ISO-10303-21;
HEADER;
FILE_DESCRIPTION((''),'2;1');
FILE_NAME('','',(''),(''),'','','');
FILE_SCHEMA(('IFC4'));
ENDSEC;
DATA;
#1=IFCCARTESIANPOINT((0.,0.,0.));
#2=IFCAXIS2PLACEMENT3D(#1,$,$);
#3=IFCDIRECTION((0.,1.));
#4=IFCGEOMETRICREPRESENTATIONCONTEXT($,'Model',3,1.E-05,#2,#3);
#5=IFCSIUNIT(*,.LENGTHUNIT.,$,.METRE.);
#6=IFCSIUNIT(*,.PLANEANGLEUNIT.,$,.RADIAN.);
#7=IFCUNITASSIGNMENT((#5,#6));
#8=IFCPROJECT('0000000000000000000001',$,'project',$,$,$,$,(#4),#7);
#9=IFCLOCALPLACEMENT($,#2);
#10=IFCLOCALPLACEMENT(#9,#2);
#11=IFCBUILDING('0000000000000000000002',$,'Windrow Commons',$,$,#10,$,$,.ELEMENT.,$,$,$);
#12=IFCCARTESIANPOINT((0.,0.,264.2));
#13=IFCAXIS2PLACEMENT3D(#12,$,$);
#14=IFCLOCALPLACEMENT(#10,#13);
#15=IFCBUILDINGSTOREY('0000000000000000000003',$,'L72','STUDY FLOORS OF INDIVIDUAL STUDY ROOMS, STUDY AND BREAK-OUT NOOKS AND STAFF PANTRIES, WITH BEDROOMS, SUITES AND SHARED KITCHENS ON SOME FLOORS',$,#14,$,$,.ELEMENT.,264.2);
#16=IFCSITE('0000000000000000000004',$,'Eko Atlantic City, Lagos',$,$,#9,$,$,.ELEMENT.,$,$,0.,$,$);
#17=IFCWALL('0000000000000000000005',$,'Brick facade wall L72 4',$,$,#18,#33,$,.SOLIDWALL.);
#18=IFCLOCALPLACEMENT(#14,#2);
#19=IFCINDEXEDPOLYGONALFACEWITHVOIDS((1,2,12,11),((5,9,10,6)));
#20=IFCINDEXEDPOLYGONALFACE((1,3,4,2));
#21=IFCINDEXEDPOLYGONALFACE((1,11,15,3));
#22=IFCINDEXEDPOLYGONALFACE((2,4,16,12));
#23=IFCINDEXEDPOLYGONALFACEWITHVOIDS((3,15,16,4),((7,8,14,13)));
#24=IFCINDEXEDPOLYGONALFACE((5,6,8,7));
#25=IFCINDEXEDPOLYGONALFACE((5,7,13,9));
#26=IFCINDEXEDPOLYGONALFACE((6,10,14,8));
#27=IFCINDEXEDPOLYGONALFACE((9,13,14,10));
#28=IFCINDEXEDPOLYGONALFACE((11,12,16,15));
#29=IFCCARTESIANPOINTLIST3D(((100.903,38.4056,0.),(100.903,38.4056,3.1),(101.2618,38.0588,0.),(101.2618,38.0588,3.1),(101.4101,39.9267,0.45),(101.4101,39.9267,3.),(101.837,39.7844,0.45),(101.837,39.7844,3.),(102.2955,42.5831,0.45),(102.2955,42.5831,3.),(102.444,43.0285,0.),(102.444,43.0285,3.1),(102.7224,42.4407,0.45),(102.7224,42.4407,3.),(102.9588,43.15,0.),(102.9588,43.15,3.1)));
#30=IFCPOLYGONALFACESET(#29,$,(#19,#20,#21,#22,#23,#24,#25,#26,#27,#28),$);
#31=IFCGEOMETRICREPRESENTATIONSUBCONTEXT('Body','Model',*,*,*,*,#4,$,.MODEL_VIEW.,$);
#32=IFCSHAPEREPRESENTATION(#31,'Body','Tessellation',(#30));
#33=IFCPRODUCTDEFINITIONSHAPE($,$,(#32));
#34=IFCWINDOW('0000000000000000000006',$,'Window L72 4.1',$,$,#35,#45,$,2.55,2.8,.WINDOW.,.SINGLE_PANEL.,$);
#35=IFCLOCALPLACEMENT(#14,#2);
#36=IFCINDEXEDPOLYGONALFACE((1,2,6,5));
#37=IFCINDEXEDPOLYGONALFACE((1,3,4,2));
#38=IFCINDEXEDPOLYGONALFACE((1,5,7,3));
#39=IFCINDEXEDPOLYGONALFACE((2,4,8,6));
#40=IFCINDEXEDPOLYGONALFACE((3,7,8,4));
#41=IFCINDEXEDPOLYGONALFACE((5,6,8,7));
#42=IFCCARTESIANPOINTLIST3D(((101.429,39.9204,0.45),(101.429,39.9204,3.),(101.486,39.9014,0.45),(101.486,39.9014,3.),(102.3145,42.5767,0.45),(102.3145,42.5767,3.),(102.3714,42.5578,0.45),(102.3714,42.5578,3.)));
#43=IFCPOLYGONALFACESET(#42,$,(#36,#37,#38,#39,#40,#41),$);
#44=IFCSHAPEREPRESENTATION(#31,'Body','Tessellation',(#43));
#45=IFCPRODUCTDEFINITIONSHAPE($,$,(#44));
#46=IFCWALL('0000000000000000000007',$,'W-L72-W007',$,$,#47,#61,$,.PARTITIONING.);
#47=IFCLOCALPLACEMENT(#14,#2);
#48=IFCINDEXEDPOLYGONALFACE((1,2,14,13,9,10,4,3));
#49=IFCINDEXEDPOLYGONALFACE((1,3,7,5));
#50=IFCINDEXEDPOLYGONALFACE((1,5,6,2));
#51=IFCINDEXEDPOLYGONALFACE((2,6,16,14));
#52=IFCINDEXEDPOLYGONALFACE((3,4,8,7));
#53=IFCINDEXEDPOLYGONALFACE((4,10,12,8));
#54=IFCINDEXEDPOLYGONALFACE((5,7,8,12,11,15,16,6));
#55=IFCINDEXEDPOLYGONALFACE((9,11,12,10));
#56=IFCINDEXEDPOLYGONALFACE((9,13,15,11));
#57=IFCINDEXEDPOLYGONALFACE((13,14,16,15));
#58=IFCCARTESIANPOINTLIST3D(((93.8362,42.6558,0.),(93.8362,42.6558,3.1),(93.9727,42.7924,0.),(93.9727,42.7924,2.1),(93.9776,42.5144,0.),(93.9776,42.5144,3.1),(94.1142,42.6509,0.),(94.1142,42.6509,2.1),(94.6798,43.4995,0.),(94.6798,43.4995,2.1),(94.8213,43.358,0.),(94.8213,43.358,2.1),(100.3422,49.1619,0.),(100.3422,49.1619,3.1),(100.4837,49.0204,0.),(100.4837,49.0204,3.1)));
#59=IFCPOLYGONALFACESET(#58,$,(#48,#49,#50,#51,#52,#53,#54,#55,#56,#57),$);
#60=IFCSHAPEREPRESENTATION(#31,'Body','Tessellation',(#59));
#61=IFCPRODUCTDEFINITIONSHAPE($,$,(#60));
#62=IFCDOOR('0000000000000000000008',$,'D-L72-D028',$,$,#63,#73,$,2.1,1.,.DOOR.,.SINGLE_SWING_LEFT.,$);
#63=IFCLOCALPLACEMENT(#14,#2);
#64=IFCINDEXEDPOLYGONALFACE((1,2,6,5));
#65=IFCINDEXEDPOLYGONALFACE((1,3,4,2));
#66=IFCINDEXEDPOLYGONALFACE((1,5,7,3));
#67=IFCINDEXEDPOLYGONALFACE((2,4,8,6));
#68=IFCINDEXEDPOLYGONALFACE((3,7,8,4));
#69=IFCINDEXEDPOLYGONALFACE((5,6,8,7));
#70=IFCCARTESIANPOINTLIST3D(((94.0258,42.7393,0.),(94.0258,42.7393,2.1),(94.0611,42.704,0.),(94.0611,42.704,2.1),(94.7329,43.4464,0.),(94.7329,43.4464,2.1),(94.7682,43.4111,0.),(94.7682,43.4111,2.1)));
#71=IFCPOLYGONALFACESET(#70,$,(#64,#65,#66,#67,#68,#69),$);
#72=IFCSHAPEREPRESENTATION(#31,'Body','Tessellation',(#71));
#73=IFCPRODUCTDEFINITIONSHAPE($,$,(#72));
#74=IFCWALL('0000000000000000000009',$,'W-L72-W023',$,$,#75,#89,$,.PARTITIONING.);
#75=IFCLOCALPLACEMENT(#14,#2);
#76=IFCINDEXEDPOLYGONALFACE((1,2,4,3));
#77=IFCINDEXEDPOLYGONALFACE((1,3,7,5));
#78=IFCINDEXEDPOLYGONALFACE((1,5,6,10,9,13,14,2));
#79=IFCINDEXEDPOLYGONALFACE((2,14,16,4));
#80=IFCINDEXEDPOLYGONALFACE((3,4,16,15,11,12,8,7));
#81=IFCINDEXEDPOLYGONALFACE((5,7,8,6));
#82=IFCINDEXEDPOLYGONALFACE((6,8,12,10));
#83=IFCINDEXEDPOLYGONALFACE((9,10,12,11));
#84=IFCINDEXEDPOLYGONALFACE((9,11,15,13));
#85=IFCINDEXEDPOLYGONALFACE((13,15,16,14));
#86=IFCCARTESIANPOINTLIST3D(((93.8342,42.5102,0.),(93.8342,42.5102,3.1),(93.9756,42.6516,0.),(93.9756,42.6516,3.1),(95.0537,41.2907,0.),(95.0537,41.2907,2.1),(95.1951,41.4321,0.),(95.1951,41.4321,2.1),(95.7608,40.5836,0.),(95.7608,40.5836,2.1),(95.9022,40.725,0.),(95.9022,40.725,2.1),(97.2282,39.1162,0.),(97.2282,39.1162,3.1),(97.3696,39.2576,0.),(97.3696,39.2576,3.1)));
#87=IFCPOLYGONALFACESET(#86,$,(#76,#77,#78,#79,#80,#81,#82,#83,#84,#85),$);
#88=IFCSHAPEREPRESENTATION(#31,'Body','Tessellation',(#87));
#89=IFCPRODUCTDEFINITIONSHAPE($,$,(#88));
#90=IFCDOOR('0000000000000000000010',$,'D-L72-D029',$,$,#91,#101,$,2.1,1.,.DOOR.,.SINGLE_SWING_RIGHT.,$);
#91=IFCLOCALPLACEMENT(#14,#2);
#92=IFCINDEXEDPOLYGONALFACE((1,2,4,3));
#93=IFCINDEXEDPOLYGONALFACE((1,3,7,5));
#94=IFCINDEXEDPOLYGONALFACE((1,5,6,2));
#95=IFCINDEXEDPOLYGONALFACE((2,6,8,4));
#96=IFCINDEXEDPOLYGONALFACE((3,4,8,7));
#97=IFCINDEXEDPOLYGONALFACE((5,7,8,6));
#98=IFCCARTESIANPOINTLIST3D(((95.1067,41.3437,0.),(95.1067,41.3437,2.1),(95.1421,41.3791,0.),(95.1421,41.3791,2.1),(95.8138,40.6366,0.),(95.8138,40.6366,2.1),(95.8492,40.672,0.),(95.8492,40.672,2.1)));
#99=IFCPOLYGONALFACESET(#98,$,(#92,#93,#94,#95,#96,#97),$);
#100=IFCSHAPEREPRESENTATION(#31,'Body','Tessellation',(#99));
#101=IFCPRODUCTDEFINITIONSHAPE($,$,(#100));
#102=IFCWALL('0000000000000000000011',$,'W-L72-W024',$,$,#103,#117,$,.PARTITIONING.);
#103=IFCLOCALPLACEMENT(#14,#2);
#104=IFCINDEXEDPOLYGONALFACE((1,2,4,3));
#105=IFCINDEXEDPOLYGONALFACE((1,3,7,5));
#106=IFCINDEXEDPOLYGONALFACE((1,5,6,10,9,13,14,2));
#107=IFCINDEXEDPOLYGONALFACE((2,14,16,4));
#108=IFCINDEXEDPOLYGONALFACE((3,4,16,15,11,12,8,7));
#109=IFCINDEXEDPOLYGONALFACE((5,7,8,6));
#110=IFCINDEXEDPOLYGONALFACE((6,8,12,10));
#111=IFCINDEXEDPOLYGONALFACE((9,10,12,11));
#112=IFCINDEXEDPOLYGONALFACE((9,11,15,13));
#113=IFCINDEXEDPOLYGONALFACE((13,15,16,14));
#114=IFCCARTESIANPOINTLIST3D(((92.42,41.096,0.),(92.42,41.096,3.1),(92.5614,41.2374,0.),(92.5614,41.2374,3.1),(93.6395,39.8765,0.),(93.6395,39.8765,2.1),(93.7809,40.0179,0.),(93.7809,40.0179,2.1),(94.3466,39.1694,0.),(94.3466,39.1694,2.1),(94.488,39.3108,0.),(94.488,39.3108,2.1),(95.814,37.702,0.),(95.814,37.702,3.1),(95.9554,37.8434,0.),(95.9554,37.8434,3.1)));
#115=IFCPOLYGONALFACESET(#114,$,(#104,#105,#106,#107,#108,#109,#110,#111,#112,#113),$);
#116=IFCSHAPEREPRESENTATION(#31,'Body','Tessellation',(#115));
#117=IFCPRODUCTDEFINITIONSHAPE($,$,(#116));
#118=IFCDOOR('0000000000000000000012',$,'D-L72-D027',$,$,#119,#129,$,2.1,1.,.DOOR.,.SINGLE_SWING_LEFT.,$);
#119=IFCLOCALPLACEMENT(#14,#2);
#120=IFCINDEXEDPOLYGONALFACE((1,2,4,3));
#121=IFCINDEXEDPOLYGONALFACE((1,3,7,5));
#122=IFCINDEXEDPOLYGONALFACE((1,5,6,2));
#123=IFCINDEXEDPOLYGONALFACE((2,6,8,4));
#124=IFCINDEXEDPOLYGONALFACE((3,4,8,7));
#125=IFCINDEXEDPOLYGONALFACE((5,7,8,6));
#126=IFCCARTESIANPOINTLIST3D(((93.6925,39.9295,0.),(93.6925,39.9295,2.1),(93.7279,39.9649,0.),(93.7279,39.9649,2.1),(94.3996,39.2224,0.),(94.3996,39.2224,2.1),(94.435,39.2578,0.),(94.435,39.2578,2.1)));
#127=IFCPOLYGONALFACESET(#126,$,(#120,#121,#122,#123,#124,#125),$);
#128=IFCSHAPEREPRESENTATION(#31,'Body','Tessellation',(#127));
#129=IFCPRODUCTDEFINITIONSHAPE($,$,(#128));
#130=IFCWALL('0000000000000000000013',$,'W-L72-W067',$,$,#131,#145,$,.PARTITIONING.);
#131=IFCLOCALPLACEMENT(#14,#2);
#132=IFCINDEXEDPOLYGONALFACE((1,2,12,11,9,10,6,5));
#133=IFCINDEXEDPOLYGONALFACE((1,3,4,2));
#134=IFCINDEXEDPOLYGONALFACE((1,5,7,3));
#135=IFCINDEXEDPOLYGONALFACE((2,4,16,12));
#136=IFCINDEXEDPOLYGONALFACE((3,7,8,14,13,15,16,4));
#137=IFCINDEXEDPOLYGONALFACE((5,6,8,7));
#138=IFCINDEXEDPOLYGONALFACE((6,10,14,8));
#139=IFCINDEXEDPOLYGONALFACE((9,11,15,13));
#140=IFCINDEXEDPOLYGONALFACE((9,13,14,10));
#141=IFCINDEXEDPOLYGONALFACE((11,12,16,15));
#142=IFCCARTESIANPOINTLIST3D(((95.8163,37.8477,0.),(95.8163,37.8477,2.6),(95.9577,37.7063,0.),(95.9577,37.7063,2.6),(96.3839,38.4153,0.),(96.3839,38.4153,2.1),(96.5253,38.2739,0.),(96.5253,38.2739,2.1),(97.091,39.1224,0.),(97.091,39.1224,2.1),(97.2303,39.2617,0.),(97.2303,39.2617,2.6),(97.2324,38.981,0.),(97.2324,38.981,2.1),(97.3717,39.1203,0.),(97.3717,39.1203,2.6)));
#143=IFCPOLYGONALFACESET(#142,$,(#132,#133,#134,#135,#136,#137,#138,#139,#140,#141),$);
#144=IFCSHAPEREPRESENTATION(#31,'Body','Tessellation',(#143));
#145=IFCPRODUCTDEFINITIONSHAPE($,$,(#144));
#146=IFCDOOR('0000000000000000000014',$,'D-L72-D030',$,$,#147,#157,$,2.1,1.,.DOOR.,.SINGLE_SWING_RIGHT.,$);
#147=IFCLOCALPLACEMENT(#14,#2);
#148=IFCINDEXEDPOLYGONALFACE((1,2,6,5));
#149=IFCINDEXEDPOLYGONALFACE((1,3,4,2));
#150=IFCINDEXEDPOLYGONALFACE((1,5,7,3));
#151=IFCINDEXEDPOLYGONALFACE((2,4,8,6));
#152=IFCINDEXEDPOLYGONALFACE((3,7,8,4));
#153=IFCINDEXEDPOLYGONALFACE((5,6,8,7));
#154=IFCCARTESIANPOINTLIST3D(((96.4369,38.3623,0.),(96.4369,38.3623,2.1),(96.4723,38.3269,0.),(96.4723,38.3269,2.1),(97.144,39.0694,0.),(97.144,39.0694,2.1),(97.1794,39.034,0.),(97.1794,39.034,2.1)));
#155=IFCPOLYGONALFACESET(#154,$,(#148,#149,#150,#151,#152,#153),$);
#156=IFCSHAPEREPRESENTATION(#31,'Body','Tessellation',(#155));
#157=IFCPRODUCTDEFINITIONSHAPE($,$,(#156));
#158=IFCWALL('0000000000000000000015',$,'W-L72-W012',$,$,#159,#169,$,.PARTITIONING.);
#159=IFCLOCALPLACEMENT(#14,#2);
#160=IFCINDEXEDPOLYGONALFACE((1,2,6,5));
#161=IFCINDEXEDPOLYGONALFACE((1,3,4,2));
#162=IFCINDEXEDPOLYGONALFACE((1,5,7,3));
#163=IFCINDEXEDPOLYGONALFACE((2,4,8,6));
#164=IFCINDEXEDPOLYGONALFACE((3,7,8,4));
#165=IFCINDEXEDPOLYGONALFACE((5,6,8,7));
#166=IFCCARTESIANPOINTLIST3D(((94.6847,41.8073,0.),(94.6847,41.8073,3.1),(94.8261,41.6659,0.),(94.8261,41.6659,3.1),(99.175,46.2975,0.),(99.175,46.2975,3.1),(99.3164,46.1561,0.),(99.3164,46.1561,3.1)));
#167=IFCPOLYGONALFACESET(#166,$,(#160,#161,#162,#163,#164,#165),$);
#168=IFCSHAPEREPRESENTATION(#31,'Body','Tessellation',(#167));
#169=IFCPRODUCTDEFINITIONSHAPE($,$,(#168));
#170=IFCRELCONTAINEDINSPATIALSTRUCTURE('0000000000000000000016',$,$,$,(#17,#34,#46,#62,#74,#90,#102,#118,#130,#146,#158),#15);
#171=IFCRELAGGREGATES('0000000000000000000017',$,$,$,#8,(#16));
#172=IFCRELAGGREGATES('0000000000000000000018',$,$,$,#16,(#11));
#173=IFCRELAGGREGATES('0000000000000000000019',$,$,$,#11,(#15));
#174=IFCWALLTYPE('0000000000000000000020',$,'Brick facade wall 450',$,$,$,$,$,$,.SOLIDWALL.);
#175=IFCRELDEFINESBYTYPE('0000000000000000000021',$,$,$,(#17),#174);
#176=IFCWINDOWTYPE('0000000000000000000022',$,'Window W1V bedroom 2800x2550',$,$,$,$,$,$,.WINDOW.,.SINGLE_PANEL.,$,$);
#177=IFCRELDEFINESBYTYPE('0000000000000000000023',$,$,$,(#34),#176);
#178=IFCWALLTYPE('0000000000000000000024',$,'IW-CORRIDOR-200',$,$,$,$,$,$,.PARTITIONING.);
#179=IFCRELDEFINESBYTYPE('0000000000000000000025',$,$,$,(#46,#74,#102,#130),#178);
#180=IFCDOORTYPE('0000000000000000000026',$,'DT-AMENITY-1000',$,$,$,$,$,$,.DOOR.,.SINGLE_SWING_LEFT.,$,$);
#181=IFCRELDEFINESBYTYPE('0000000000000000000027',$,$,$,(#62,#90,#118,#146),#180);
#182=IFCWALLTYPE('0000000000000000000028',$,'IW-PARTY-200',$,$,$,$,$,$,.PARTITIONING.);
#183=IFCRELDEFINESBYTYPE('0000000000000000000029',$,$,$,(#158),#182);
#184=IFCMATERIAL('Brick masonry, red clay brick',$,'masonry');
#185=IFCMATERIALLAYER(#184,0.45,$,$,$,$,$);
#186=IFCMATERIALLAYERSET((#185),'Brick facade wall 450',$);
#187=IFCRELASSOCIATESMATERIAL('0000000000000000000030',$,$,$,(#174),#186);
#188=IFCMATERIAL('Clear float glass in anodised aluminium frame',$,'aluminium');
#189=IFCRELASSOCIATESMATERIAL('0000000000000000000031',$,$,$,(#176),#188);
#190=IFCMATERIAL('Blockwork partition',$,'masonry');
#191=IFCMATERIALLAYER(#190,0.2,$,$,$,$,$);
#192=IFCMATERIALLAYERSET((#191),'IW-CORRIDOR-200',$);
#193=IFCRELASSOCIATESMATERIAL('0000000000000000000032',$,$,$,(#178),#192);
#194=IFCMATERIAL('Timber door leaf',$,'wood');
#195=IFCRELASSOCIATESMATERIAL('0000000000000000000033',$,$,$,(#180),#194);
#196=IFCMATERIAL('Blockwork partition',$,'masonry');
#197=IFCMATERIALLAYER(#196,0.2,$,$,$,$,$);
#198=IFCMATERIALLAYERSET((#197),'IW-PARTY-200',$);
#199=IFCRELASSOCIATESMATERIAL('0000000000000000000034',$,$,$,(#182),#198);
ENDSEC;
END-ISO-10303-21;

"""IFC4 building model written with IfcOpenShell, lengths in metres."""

from ifc_helpers import new_model, si_unit, direction, frame, frame_2d, origin, place, context, subcontext, project, spatial, polyline, rectangle, outline, extrude, material, layer, layer_set, type_object, element, fill, save


model = new_model("IFC4")

# Units and contexts
model_context = context("Model", 3, precision=1e-05, world=origin(), true_north=direction((0.0, 1.0)))
body_context = subcontext(model_context, "Body", "Model", "MODEL_VIEW")
ifc_project = project(units=[si_unit("LENGTHUNIT", "METRE"), si_unit("PLANEANGLEUNIT", "RADIAN")], contexts=[model_context])

# Site, building, storey
site_placement = place(None, origin())
site = spatial("IfcSite", under=ifc_project, at=site_placement, Name="Eko Atlantic City, Lagos", CompositionType="ELEMENT", RefElevation=0.0)
building_placement = place(site_placement, origin())
building = spatial("IfcBuilding", under=site, at=building_placement, Name="Windrow Commons", CompositionType="ELEMENT")
storey_placement = place(building_placement, frame((0.0, 0.0, 264.2)))
storey = spatial("IfcBuildingStorey", under=building, at=storey_placement, Name="L72", Description="STUDY FLOORS OF INDIVIDUAL STUDY ROOMS, STUDY AND BREAK-OUT NOOKS AND STAFF PANTRIES, WITH BEDROOMS, SUITES AND SHARED KITCHENS ON SOME FLOORS", CompositionType="ELEMENT", Elevation=264.2)

# Wall, opening, window
ifc_material_1 = material(Name="Brick masonry, red clay brick", Category="masonry")
ifc_layer_1 = layer(ifc_material_1, 0.45)
ifc_layer_set_1 = layer_set([ifc_layer_1], Name="Brick facade wall 450")
wall_type_1 = type_object("IfcWallType", Name="Brick facade wall 450", PredefinedType="SOLIDWALL", material=ifc_layer_set_1)
ifc_material_2 = material(Name="Clear float glass in anodised aluminium frame", Category="aluminium")
window_type = type_object("IfcWindowType", Name="Window W1V bedroom 2800x2550", PartitioningType="SINGLE_PANEL", PredefinedType="WINDOW", material=ifc_material_2)
wall_1_placement = place(storey_placement, frame((101.0824, 38.2322, 0.0), z_axis=(0.0, 0.0, 1.0), x_axis=(0.316228, 0.948683, 0.0)))
wall_1 = element("IfcWall", 1, at=wall_1_placement, inside=storey, type_object=wall_type_1, Name="Brick facade wall L72 4", PredefinedType="SOLIDWALL", context=body_context, shape_type="SweptSolid", body=[
    extrude(outline(polyline([(-0.1078, -0.225), (5.2588, -0.225), (4.9807, 0.225), (0.1078, 0.225), (-0.1078, -0.225)])), origin(), (0.0, 0.0, 1.0), 3.1),
])
opening_1_placement = place(wall_1_placement, frame((1.7112, 0.0, 0.45)))
opening_1 = element("IfcOpeningElement", 2, at=opening_1_placement, cuts=wall_1, PredefinedType="OPENING", context=body_context, shape_type="SweptSolid", body=[
    extrude(rectangle(XDim=2.8, YDim=2.55, at=frame_2d((1.4, 1.275))), frame((0.0, 0.235, 0.0), z_axis=(0.0, -1.0, 0.0), x_axis=(1.0, 0.0, 0.0)), (0.0, 0.0, 1.0), 0.47),
])
window_1_placement = place(opening_1_placement, origin())
window_1 = element("IfcWindow", 3, at=window_1_placement, inside=storey, type_object=window_type, Name="Window L72 4.1", OverallHeight=2.55, OverallWidth=2.8, PartitioningType="SINGLE_PANEL", PredefinedType="WINDOW", context=body_context, shape_type="SweptSolid", body=[
    extrude(rectangle(XDim=2.8, YDim=2.55, at=frame_2d((1.4, 1.275))), frame((0.0, 0.205, 0.0), z_axis=(0.0, -1.0, 0.0), x_axis=(1.0, 0.0, 0.0)), (0.0, 0.0, 1.0), 0.06),
])
fill(opening_1, window_1)

# Walls, openings, doors
ifc_material_3 = material(Name="Blockwork partition", Category="masonry")
ifc_layer_2 = layer(ifc_material_3, 0.2)
ifc_layer_set_2 = layer_set([ifc_layer_2], Name="IW-CORRIDOR-200")
wall_type_2 = type_object("IfcWallType", Name="IW-CORRIDOR-200", PredefinedType="PARTITIONING", material=ifc_layer_set_2)
wall_2_placement = place(storey_placement, frame((93.9069, 42.5851, 0.0), z_axis=(0.0, 0.0, 1.0), x_axis=(0.707107, 0.707107, 0.0)))
wall_2 = element("IfcWall", 4, at=wall_2_placement, inside=storey, type_object=wall_type_2, Name="W-L72-W007", PredefinedType="PARTITIONING", context=body_context, shape_type="SweptSolid", body=[
    extrude(rectangle(XDim=9.2009, YDim=0.2, at=frame_2d((4.6005, 0.0))), origin(), (0.0, 0.0, 1.0), 3.1),
])
opening_2_placement = place(wall_2_placement, frame((0.1931, 0.0, 0.0)))
opening_2 = element("IfcOpeningElement", 5, at=opening_2_placement, cuts=wall_2, PredefinedType="OPENING", context=body_context, shape_type="SweptSolid", body=[
    extrude(rectangle(XDim=1.0, YDim=2.1, at=frame_2d((0.5, 1.05))), frame((0.0, 0.11, 0.0), z_axis=(0.0, -1.0, 0.0), x_axis=(1.0, 0.0, 0.0)), (0.0, 0.0, 1.0), 0.22),
])
ifc_material_4 = material(Name="Timber door leaf", Category="wood")
door_type = type_object("IfcDoorType", Name="DT-AMENITY-1000", OperationType="SINGLE_SWING_LEFT", PredefinedType="DOOR", material=ifc_material_4)
door_1_placement = place(opening_2_placement, origin())
door_1 = element("IfcDoor", 6, at=door_1_placement, inside=storey, type_object=door_type, Name="D-L72-D028", OperationType="SINGLE_SWING_LEFT", OverallHeight=2.1, OverallWidth=1.0, PredefinedType="DOOR", context=body_context, shape_type="SweptSolid", body=[
    extrude(rectangle(XDim=1.0, YDim=2.1, at=frame_2d((0.5, 1.05))), frame((0.0, 0.025, 0.0), z_axis=(0.0, -1.0, 0.0), x_axis=(1.0, 0.0, 0.0)), (0.0, 0.0, 1.0), 0.05),
])
fill(opening_2, door_1)
wall_3_placement = place(storey_placement, frame((93.9049, 42.5809, 0.0), z_axis=(0.0, 0.0, 1.0), x_axis=(0.707107, -0.707107, 0.0)))
wall_3 = element("IfcWall", 7, at=wall_3_placement, inside=storey, type_object=wall_type_2, Name="W-L72-W023", PredefinedType="PARTITIONING", context=body_context, shape_type="SweptSolid", body=[
    extrude(rectangle(XDim=4.7998, YDim=0.2, at=frame_2d((2.3999, 0.0))), origin(), (0.0, 0.0, 1.0), 3.1),
])
opening_3_placement = place(wall_3_placement, frame((1.7246, 0.0, 0.0)))
opening_3 = element("IfcOpeningElement", 8, at=opening_3_placement, cuts=wall_3, PredefinedType="OPENING", context=body_context, shape_type="SweptSolid", body=[
    extrude(rectangle(XDim=1.0, YDim=2.1, at=frame_2d((0.5, 1.05))), frame((0.0, 0.11, 0.0), z_axis=(0.0, -1.0, 0.0), x_axis=(1.0, 0.0, 0.0)), (0.0, 0.0, 1.0), 0.22),
])
door_2_placement = place(opening_3_placement, origin())
door_2 = element("IfcDoor", 9, at=door_2_placement, inside=storey, type_object=door_type, Name="D-L72-D029", OperationType="SINGLE_SWING_RIGHT", OverallHeight=2.1, OverallWidth=1.0, PredefinedType="DOOR", context=body_context, shape_type="SweptSolid", body=[
    extrude(rectangle(XDim=1.0, YDim=2.1, at=frame_2d((0.5, 1.05))), frame((0.0, 0.025, 0.0), z_axis=(0.0, -1.0, 0.0), x_axis=(1.0, 0.0, 0.0)), (0.0, 0.0, 1.0), 0.05),
])
fill(opening_3, door_2)
wall_4_placement = place(storey_placement, frame((92.4907, 41.1667, 0.0), z_axis=(0.0, 0.0, 1.0), x_axis=(0.707107, -0.707107, 0.0)))
wall_4 = element("IfcWall", 10, at=wall_4_placement, inside=storey, type_object=wall_type_2, Name="W-L72-W024", PredefinedType="PARTITIONING", context=body_context, shape_type="SweptSolid", body=[
    extrude(rectangle(XDim=4.7998, YDim=0.2, at=frame_2d((2.3999, 0.0))), origin(), (0.0, 0.0, 1.0), 3.1),
])
opening_4_placement = place(wall_4_placement, frame((1.7246, 0.0, 0.0)))
opening_4 = element("IfcOpeningElement", 11, at=opening_4_placement, cuts=wall_4, PredefinedType="OPENING", context=body_context, shape_type="SweptSolid", body=[
    extrude(rectangle(XDim=1.0, YDim=2.1, at=frame_2d((0.5, 1.05))), frame((0.0, 0.11, 0.0), z_axis=(0.0, -1.0, 0.0), x_axis=(1.0, 0.0, 0.0)), (0.0, 0.0, 1.0), 0.22),
])
door_3_placement = place(opening_4_placement, origin())
door_3 = element("IfcDoor", 12, at=door_3_placement, inside=storey, type_object=door_type, Name="D-L72-D027", OperationType="SINGLE_SWING_LEFT", OverallHeight=2.1, OverallWidth=1.0, PredefinedType="DOOR", context=body_context, shape_type="SweptSolid", body=[
    extrude(rectangle(XDim=1.0, YDim=2.1, at=frame_2d((0.5, 1.05))), frame((0.0, 0.025, 0.0), z_axis=(0.0, -1.0, 0.0), x_axis=(1.0, 0.0, 0.0)), (0.0, 0.0, 1.0), 0.05),
])
fill(opening_4, door_3)
wall_5_placement = place(storey_placement, frame((95.887, 37.777, 0.0), z_axis=(0.0, 0.0, 1.0), x_axis=(0.707107, 0.707107, 0.0)))
wall_5 = element("IfcWall", 13, at=wall_5_placement, inside=storey, type_object=wall_type_2, Name="W-L72-W067", PredefinedType="PARTITIONING", context=body_context, shape_type="SweptSolid", body=[
    extrude(rectangle(XDim=1.9997, YDim=0.2, at=frame_2d((0.9999, 0.0))), origin(), (0.0, 0.0, 1.0), 2.6),
])
opening_5_placement = place(wall_5_placement, frame((0.8027, 0.0, 0.0)))
opening_5 = element("IfcOpeningElement", 14, at=opening_5_placement, cuts=wall_5, PredefinedType="OPENING", context=body_context, shape_type="SweptSolid", body=[
    extrude(rectangle(XDim=1.0, YDim=2.1, at=frame_2d((0.5, 1.05))), frame((0.0, 0.11, 0.0), z_axis=(0.0, -1.0, 0.0), x_axis=(1.0, 0.0, 0.0)), (0.0, 0.0, 1.0), 0.22),
])
door_4_placement = place(opening_5_placement, origin())
door_4 = element("IfcDoor", 15, at=door_4_placement, inside=storey, type_object=door_type, Name="D-L72-D030", OperationType="SINGLE_SWING_RIGHT", OverallHeight=2.1, OverallWidth=1.0, PredefinedType="DOOR", context=body_context, shape_type="SweptSolid", body=[
    extrude(rectangle(XDim=1.0, YDim=2.1, at=frame_2d((0.5, 1.05))), frame((0.0, 0.025, 0.0), z_axis=(0.0, -1.0, 0.0), x_axis=(1.0, 0.0, 0.0)), (0.0, 0.0, 1.0), 0.05),
])
fill(opening_5, door_4)

# Wall
ifc_material_5 = material(Name="Blockwork partition", Category="masonry")
ifc_layer_3 = layer(ifc_material_5, 0.2)
ifc_layer_set_3 = layer_set([ifc_layer_3], Name="IW-PARTY-200")
wall_type_3 = type_object("IfcWallType", Name="IW-PARTY-200", PredefinedType="PARTITIONING", material=ifc_layer_set_3)
wall_6_placement = place(storey_placement, frame((94.7554, 41.7366, 0.0), z_axis=(0.0, 0.0, 1.0), x_axis=(0.707115, 0.707099, 0.0)))
element("IfcWall", 16, at=wall_6_placement, inside=storey, type_object=wall_type_3, Name="W-L72-W012", PredefinedType="PARTITIONING", context=body_context, shape_type="SweptSolid", body=[
    extrude(rectangle(XDim=6.3502, YDim=0.2, at=frame_2d((3.1751, 0.0))), origin(), (0.0, 0.0, 1.0), 3.1),
])

save(model, "model.ifc")
